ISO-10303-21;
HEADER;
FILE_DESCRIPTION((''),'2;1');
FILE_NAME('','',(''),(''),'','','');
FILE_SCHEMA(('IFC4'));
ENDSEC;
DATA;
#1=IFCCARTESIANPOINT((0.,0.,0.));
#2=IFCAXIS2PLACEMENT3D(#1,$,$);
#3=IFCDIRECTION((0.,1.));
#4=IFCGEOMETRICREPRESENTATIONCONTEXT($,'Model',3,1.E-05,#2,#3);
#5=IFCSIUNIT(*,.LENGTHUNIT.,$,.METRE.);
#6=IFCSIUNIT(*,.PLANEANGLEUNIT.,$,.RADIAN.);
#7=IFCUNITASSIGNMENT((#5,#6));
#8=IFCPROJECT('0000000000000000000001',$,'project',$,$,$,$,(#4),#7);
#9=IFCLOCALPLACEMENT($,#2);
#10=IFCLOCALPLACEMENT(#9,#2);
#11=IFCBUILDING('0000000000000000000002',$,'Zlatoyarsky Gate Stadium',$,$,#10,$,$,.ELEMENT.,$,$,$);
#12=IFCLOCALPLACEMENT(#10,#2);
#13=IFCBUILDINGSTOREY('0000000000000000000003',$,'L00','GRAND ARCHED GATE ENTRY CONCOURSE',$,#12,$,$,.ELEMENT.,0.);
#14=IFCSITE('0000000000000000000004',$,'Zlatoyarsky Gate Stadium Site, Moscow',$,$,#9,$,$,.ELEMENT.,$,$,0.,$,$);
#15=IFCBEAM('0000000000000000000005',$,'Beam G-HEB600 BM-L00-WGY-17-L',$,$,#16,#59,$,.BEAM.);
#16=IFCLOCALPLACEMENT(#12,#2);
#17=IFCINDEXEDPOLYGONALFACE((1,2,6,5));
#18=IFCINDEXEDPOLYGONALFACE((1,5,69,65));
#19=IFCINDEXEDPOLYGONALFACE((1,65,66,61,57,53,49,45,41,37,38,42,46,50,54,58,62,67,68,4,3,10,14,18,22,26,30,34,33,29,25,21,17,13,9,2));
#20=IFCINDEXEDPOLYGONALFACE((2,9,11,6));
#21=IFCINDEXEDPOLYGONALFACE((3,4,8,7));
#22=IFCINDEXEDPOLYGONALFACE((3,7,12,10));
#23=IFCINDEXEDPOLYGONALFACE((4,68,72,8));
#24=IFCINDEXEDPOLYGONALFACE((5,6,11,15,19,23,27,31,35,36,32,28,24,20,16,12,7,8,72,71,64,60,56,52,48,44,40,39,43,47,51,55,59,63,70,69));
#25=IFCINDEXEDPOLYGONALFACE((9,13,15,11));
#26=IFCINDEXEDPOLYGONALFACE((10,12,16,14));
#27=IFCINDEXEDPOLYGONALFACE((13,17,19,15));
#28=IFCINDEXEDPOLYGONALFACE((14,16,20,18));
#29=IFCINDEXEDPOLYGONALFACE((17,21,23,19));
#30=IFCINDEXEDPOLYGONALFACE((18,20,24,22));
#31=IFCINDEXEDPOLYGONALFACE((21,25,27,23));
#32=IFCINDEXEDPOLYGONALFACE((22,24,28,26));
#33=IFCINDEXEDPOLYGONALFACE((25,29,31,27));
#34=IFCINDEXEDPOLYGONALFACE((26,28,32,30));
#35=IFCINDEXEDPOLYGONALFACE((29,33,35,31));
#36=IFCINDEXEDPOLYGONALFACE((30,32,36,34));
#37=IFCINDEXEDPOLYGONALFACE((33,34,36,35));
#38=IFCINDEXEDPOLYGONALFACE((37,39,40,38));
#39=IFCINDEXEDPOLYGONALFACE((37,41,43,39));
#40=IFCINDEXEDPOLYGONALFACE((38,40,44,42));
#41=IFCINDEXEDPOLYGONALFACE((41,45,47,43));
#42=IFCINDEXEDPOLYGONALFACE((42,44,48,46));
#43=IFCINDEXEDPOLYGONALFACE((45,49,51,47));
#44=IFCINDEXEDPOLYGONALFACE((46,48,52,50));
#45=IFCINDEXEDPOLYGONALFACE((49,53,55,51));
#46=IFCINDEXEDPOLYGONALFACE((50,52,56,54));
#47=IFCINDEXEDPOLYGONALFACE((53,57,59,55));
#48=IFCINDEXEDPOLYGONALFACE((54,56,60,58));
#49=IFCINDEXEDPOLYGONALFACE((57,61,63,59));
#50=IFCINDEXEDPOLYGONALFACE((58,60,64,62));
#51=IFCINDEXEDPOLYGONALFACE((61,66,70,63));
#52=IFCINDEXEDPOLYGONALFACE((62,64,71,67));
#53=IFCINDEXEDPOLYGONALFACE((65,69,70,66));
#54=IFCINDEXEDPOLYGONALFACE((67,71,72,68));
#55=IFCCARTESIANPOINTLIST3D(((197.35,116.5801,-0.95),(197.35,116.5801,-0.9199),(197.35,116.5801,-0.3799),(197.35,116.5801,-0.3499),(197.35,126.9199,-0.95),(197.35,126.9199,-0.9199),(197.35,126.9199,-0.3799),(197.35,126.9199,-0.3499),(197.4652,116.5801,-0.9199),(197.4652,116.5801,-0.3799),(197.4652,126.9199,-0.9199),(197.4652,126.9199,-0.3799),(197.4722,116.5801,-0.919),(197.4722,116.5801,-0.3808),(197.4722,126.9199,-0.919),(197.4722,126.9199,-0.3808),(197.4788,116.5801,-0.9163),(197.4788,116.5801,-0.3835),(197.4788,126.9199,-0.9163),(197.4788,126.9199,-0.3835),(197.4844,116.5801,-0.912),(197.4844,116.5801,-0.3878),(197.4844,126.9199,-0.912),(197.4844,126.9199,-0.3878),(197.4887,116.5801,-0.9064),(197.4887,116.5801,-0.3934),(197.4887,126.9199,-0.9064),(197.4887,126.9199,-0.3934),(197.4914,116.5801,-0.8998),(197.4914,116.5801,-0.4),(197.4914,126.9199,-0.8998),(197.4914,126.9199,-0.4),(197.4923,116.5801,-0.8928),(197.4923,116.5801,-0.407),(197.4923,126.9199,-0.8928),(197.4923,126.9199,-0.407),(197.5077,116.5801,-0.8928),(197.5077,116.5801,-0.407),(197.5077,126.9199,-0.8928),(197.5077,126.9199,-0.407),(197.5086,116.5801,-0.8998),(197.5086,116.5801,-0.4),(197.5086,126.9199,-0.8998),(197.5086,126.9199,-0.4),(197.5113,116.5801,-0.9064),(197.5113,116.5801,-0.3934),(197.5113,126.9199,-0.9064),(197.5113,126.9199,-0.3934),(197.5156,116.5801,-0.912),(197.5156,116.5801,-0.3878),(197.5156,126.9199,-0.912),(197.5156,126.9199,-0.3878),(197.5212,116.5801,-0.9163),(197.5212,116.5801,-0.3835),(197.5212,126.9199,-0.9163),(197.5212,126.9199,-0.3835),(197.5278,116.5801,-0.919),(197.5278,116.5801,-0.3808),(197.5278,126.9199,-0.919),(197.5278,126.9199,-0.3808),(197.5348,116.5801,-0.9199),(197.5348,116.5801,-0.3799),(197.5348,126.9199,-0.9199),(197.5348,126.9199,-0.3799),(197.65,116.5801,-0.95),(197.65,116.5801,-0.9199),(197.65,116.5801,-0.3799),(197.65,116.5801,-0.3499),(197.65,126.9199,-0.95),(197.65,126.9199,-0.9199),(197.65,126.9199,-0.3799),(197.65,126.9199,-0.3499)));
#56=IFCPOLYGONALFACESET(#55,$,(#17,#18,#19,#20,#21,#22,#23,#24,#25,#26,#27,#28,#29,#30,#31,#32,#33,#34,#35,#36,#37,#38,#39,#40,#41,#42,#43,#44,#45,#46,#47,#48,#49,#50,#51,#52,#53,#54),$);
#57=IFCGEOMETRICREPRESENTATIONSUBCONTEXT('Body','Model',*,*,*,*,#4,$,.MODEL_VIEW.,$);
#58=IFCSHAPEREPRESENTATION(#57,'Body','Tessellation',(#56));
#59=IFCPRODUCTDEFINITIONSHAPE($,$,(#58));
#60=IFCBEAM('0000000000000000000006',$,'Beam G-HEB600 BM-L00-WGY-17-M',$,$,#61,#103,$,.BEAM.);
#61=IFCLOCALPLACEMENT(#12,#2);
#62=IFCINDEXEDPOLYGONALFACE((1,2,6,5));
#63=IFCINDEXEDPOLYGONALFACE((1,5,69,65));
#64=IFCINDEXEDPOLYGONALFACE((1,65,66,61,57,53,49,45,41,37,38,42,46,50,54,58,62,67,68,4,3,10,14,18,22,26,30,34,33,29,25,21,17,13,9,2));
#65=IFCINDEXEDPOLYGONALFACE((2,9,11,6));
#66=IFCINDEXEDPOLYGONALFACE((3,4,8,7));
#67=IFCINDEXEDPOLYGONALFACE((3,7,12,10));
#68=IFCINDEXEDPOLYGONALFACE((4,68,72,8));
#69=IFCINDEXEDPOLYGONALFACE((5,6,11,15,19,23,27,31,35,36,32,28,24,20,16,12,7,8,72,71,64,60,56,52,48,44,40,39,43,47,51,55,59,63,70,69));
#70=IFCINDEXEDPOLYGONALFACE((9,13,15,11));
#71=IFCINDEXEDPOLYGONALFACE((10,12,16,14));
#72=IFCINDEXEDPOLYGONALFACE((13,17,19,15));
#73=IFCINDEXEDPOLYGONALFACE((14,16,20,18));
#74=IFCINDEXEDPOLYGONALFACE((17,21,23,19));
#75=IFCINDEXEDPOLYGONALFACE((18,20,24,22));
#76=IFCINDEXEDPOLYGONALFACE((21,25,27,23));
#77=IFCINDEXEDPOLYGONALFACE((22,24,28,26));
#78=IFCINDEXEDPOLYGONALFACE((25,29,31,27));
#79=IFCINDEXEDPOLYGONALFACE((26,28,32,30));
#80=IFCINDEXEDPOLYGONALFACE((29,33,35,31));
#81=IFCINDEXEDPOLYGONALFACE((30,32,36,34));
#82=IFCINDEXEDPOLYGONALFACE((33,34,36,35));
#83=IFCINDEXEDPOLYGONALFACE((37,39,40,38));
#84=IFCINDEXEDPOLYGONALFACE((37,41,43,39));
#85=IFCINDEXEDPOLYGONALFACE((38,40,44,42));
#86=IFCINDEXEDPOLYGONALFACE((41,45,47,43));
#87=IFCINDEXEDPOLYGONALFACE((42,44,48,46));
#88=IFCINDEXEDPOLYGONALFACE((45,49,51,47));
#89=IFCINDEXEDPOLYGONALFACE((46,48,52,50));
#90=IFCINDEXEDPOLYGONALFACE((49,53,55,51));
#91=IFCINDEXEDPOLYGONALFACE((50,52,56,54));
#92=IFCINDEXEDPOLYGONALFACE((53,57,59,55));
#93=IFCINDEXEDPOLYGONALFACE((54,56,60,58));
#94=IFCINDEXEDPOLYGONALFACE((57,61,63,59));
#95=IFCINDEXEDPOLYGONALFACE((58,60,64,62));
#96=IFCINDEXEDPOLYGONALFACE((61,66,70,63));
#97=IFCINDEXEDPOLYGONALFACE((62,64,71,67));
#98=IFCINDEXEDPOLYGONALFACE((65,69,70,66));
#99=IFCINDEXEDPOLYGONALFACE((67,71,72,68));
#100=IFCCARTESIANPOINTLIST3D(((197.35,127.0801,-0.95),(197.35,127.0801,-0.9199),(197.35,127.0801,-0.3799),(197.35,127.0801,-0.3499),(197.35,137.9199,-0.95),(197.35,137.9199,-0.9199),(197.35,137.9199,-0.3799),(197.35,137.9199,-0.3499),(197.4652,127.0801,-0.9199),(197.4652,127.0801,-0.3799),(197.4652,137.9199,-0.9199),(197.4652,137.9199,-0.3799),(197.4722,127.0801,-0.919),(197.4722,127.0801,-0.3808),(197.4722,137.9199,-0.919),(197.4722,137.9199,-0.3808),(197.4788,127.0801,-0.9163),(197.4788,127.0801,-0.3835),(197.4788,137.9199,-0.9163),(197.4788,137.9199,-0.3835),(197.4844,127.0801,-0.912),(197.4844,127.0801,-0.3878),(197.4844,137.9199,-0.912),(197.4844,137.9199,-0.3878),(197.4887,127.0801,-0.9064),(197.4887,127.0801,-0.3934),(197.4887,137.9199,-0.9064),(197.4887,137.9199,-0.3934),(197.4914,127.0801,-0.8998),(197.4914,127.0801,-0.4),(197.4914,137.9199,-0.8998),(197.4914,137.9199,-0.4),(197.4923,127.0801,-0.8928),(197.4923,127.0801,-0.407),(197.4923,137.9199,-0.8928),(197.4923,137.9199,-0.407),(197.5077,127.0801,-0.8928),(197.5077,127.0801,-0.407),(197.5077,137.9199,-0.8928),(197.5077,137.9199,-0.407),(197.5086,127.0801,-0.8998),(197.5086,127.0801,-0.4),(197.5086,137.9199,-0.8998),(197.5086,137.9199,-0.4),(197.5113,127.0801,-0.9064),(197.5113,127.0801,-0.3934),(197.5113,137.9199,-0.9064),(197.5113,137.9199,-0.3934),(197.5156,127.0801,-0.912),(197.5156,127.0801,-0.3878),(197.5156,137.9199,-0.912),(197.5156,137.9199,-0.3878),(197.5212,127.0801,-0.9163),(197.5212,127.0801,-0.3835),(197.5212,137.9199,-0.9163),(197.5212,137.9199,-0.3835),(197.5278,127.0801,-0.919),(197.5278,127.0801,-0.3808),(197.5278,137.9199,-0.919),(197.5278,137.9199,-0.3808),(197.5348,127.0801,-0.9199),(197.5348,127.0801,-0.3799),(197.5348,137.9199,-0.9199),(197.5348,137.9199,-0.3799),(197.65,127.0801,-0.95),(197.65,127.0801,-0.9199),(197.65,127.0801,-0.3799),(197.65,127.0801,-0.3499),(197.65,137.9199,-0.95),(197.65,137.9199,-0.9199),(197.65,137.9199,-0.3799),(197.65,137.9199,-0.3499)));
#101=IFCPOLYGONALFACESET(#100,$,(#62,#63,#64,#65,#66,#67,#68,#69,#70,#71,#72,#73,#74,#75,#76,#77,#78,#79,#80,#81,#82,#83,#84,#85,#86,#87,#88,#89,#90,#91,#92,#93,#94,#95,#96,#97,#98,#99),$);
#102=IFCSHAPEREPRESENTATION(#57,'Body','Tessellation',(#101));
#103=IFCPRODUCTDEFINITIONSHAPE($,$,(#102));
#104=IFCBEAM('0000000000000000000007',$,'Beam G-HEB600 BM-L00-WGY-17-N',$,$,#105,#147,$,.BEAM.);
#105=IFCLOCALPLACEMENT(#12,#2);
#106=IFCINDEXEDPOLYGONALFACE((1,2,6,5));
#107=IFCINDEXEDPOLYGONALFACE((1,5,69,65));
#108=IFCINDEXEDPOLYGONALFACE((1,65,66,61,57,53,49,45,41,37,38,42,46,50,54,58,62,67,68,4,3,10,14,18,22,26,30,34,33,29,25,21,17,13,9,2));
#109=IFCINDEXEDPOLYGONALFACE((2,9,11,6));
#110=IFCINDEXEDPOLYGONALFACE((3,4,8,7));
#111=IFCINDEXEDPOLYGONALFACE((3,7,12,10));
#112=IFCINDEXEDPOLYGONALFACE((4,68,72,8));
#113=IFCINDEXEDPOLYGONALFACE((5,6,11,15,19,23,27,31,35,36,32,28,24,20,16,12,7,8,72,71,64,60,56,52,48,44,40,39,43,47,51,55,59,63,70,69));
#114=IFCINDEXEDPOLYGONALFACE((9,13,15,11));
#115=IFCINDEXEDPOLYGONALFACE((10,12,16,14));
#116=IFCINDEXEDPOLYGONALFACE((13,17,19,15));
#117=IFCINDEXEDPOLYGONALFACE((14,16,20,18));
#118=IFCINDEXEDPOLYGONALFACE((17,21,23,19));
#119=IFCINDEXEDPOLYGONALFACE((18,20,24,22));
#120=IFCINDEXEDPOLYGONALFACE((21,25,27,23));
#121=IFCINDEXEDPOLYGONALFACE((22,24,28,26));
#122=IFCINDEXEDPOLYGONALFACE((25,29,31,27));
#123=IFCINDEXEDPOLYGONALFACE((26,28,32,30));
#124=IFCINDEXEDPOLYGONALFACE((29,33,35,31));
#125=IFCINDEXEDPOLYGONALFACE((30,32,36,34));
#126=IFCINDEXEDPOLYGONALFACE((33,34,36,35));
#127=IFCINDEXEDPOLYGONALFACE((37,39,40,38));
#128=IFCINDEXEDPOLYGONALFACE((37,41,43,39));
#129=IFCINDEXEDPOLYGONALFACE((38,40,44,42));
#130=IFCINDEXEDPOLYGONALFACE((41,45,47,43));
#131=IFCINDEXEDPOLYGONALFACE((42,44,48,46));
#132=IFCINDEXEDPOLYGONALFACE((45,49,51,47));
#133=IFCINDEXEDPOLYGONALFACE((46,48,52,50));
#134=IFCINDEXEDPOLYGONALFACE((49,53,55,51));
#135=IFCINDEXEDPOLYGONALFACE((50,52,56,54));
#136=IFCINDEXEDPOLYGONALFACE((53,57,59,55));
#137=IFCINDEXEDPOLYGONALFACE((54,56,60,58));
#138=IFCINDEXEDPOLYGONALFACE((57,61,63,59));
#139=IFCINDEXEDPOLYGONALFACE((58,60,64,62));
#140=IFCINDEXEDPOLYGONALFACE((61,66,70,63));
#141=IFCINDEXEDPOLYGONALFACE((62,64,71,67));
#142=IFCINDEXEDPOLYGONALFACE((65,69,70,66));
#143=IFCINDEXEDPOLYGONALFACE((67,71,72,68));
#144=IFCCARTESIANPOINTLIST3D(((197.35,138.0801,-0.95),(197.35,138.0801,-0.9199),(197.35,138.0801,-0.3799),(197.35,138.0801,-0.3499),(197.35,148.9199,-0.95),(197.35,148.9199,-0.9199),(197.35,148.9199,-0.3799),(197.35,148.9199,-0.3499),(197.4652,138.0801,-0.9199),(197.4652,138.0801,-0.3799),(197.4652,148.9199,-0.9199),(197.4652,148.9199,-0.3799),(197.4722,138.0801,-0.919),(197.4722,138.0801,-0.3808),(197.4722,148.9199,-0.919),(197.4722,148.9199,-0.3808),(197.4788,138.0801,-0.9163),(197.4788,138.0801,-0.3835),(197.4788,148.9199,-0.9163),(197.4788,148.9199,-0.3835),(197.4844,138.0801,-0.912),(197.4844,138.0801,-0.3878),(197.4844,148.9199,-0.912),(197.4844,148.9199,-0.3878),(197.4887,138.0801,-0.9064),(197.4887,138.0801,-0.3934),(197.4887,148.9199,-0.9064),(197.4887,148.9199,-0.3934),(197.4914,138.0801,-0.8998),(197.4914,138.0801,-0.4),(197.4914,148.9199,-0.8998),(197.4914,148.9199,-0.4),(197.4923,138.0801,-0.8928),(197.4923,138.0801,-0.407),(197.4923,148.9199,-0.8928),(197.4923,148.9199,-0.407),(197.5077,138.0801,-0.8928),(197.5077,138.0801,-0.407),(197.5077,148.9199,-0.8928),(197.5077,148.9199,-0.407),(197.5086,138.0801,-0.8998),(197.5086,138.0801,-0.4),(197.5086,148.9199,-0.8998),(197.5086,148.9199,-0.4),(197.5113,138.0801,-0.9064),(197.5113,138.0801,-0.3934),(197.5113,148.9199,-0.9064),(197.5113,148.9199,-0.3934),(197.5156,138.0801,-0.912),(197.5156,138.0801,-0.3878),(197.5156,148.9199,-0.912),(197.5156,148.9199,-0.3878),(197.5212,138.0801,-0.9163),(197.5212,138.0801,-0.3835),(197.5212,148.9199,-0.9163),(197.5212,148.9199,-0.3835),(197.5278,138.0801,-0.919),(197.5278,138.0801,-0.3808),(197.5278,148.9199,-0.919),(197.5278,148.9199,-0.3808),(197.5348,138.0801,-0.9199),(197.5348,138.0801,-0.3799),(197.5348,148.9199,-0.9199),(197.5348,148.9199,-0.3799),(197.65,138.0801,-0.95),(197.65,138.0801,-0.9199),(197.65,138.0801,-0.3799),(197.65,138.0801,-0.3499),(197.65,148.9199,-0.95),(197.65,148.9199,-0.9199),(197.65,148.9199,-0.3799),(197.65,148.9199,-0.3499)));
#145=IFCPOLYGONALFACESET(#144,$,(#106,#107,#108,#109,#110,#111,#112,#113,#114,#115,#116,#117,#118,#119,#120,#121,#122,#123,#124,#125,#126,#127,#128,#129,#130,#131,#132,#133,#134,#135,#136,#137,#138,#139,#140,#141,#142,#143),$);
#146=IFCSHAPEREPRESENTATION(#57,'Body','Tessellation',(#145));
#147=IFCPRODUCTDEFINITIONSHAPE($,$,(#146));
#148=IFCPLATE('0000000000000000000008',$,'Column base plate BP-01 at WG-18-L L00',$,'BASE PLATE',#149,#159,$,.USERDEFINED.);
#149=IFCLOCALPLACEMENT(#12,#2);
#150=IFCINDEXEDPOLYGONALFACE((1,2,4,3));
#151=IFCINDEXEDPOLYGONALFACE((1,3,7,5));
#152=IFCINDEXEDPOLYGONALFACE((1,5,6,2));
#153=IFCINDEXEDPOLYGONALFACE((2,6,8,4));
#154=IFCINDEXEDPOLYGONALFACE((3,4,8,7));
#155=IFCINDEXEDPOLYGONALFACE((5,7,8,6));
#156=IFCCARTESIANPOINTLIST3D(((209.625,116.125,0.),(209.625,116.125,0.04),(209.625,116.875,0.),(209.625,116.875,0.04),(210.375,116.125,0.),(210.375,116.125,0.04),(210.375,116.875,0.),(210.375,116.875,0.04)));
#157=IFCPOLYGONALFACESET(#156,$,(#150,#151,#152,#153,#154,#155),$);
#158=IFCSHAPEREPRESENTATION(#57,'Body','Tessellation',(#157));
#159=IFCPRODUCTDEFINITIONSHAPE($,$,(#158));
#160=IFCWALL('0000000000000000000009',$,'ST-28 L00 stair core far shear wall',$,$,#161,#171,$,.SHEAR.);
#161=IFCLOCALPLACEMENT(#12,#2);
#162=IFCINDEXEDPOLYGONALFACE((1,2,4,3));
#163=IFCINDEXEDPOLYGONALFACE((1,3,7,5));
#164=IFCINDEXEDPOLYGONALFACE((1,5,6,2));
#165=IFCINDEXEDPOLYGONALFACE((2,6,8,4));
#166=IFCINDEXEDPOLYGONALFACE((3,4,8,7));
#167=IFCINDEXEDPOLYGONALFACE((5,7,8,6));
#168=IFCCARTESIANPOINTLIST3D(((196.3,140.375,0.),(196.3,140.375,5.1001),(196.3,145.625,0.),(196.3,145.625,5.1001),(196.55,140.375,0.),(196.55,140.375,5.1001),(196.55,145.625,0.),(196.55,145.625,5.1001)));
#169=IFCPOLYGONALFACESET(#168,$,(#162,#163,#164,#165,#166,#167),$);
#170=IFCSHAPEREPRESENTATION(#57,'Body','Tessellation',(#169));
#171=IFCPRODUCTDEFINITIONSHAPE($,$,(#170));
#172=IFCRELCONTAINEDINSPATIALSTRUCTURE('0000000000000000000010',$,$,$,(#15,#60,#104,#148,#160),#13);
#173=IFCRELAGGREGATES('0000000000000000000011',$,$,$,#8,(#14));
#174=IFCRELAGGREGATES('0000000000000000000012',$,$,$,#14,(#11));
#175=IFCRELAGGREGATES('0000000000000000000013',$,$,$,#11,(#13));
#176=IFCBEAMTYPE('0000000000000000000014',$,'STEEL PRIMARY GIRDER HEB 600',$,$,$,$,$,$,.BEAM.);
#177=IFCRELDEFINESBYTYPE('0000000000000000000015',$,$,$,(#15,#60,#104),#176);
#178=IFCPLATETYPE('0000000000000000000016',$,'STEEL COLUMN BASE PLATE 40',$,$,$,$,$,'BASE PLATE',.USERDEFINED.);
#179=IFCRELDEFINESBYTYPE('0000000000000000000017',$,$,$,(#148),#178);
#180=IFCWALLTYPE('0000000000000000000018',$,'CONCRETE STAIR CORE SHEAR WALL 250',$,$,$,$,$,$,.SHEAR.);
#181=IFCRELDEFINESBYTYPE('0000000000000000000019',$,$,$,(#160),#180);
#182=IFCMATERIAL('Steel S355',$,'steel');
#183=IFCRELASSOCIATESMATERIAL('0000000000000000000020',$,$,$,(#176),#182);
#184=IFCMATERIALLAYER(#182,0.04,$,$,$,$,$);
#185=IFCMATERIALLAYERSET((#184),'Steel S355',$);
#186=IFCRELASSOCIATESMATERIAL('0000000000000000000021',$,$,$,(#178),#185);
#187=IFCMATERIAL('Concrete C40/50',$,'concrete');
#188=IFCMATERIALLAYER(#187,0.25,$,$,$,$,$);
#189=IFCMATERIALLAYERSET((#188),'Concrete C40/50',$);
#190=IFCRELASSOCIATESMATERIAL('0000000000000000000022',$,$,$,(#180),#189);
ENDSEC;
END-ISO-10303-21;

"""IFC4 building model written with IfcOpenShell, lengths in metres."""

from ifc_helpers import new_model, si_unit, direction, frame, frame_2d, origin, origin_2d, place, context, subcontext, project, spatial, rectangle, i_section, extrude, material, layer, layer_set, material_profile, profile_set, type_object, element, save


model = new_model("IFC4")

# Units and contexts
model_context = context("Model", 3, precision=1e-05, world=origin(), true_north=direction((0.0, 1.0)))
body_context = subcontext(model_context, "Body", "Model", "MODEL_VIEW")
ifc_project = project(units=[si_unit("LENGTHUNIT", "METRE"), si_unit("PLANEANGLEUNIT", "RADIAN")], contexts=[model_context])

# Site, building, storey
site_placement = place(None, origin())
site = spatial("IfcSite", under=ifc_project, at=site_placement, Name="Zlatoyarsky Gate Stadium Site, Moscow", CompositionType="ELEMENT", RefElevation=0.0)
building_placement = place(site_placement, origin())
building = spatial("IfcBuilding", under=site, at=building_placement, Name="Zlatoyarsky Gate Stadium", CompositionType="ELEMENT")
storey_placement = place(building_placement, origin())
storey = spatial("IfcBuildingStorey", under=building, at=storey_placement, Name="L00", Description="GRAND ARCHED GATE ENTRY CONCOURSE", CompositionType="ELEMENT", Elevation=0.0)

# Shared definitions
ifc_material_1 = material(Name="Concrete C40/50", Category="concrete")
ifc_material_2 = material(Name="Steel S355", Category="steel")

# Beams
ifc_material_profile_1 = material_profile(ifc_material_2, i_section(OverallWidth=0.3, OverallDepth=0.6001, WebThickness=0.0154, FlangeThickness=0.03, FilletRadius=0.0271, at=origin_2d()), Name="HEB 600")
ifc_profile_set_1 = profile_set([ifc_material_profile_1], Name="Steel S355")
beam_type_1 = type_object("IfcBeamType", Name="STEEL PRIMARY GIRDER HEB 600", PredefinedType="BEAM", material=ifc_profile_set_1)
beam_1_placement = place(storey_placement, frame((197.5, 116.5801, -0.6499), z_axis=(0.0, 1.0, 0.0), x_axis=(-1.0, 0.0, 0.0)))
element("IfcBeam", 1, at=beam_1_placement, inside=storey, type_object=beam_type_1, Name="Beam G-HEB600 BM-L00-WGY-17-L", PredefinedType="BEAM", context=body_context, shape_type="SweptSolid", body=[
    extrude(i_section(OverallWidth=0.3, OverallDepth=0.6001, WebThickness=0.0154, FlangeThickness=0.03, FilletRadius=0.0271, at=origin_2d()), origin(), (0.0, 0.0, 1.0), 10.3398),
])
for number, where, z_axis, x_axis, name in (
    (2, (197.5, 127.0801, -0.6499), (0.0, 1.0, 0.0), (-1.0, 0.0, 0.0), "Beam G-HEB600 BM-L00-WGY-17-M"),
    (3, (197.5, 138.0801, -0.6499), (0.0, 1.0, 0.0), (-1.0, 0.0, 0.0), "Beam G-HEB600 BM-L00-WGY-17-N"),
):
    element("IfcBeam", number, at=place(storey_placement, frame(where, z_axis=z_axis, x_axis=x_axis)), inside=storey, type_object=beam_type_1, Name=name, PredefinedType="BEAM", context=body_context, shape_type="SweptSolid", body=[
        extrude(i_section(OverallWidth=0.3, OverallDepth=0.6001, WebThickness=0.0154, FlangeThickness=0.03, FilletRadius=0.0271, at=origin_2d()), origin(), (0.0, 0.0, 1.0), 10.8398),
    ])

# Plate
ifc_layer_1 = layer(ifc_material_2, 0.04)
ifc_layer_set_1 = layer_set([ifc_layer_1], Name="Steel S355")
plate_type = type_object("IfcPlateType", Name="STEEL COLUMN BASE PLATE 40", ElementType="BASE PLATE", PredefinedType="USERDEFINED", material=ifc_layer_set_1)
plate_placement = place(storey_placement, frame((210.0, 116.5, 0.0), z_axis=(0.0, 0.0, 1.0), x_axis=(1.0, 0.0, 0.0)))
element("IfcPlate", 4, at=plate_placement, inside=storey, type_object=plate_type, Name="Column base plate BP-01 at WG-18-L L00", ObjectType="BASE PLATE", PredefinedType="USERDEFINED", context=body_context, shape_type="SweptSolid", body=[
    extrude(rectangle(XDim=0.75, YDim=0.75, at=origin_2d()), origin(), (0.0, 0.0, 1.0), 0.04),
])

# Wall
ifc_layer_2 = layer(ifc_material_1, 0.25)
ifc_layer_set_2 = layer_set([ifc_layer_2], Name="Concrete C40/50")
wall_type_1 = type_object("IfcWallType", Name="CONCRETE STAIR CORE SHEAR WALL 250", PredefinedType="SHEAR", material=ifc_layer_set_2)
wall_1_placement = place(storey_placement, frame((196.425, 140.375, 0.0), z_axis=(0.0, 0.0, 1.0), x_axis=(0.0, 1.0, 0.0)))
element("IfcWall", 5, at=wall_1_placement, inside=storey, type_object=wall_type_1, Name="ST-28 L00 stair core far shear wall", PredefinedType="SHEAR", context=body_context, shape_type="SweptSolid", body=[
    extrude(rectangle(XDim=5.25, YDim=0.25, at=frame_2d((2.625, 0.0))), origin(), (0.0, 0.0, 1.0), 5.1001),
])

save(model, "model.ifc")
